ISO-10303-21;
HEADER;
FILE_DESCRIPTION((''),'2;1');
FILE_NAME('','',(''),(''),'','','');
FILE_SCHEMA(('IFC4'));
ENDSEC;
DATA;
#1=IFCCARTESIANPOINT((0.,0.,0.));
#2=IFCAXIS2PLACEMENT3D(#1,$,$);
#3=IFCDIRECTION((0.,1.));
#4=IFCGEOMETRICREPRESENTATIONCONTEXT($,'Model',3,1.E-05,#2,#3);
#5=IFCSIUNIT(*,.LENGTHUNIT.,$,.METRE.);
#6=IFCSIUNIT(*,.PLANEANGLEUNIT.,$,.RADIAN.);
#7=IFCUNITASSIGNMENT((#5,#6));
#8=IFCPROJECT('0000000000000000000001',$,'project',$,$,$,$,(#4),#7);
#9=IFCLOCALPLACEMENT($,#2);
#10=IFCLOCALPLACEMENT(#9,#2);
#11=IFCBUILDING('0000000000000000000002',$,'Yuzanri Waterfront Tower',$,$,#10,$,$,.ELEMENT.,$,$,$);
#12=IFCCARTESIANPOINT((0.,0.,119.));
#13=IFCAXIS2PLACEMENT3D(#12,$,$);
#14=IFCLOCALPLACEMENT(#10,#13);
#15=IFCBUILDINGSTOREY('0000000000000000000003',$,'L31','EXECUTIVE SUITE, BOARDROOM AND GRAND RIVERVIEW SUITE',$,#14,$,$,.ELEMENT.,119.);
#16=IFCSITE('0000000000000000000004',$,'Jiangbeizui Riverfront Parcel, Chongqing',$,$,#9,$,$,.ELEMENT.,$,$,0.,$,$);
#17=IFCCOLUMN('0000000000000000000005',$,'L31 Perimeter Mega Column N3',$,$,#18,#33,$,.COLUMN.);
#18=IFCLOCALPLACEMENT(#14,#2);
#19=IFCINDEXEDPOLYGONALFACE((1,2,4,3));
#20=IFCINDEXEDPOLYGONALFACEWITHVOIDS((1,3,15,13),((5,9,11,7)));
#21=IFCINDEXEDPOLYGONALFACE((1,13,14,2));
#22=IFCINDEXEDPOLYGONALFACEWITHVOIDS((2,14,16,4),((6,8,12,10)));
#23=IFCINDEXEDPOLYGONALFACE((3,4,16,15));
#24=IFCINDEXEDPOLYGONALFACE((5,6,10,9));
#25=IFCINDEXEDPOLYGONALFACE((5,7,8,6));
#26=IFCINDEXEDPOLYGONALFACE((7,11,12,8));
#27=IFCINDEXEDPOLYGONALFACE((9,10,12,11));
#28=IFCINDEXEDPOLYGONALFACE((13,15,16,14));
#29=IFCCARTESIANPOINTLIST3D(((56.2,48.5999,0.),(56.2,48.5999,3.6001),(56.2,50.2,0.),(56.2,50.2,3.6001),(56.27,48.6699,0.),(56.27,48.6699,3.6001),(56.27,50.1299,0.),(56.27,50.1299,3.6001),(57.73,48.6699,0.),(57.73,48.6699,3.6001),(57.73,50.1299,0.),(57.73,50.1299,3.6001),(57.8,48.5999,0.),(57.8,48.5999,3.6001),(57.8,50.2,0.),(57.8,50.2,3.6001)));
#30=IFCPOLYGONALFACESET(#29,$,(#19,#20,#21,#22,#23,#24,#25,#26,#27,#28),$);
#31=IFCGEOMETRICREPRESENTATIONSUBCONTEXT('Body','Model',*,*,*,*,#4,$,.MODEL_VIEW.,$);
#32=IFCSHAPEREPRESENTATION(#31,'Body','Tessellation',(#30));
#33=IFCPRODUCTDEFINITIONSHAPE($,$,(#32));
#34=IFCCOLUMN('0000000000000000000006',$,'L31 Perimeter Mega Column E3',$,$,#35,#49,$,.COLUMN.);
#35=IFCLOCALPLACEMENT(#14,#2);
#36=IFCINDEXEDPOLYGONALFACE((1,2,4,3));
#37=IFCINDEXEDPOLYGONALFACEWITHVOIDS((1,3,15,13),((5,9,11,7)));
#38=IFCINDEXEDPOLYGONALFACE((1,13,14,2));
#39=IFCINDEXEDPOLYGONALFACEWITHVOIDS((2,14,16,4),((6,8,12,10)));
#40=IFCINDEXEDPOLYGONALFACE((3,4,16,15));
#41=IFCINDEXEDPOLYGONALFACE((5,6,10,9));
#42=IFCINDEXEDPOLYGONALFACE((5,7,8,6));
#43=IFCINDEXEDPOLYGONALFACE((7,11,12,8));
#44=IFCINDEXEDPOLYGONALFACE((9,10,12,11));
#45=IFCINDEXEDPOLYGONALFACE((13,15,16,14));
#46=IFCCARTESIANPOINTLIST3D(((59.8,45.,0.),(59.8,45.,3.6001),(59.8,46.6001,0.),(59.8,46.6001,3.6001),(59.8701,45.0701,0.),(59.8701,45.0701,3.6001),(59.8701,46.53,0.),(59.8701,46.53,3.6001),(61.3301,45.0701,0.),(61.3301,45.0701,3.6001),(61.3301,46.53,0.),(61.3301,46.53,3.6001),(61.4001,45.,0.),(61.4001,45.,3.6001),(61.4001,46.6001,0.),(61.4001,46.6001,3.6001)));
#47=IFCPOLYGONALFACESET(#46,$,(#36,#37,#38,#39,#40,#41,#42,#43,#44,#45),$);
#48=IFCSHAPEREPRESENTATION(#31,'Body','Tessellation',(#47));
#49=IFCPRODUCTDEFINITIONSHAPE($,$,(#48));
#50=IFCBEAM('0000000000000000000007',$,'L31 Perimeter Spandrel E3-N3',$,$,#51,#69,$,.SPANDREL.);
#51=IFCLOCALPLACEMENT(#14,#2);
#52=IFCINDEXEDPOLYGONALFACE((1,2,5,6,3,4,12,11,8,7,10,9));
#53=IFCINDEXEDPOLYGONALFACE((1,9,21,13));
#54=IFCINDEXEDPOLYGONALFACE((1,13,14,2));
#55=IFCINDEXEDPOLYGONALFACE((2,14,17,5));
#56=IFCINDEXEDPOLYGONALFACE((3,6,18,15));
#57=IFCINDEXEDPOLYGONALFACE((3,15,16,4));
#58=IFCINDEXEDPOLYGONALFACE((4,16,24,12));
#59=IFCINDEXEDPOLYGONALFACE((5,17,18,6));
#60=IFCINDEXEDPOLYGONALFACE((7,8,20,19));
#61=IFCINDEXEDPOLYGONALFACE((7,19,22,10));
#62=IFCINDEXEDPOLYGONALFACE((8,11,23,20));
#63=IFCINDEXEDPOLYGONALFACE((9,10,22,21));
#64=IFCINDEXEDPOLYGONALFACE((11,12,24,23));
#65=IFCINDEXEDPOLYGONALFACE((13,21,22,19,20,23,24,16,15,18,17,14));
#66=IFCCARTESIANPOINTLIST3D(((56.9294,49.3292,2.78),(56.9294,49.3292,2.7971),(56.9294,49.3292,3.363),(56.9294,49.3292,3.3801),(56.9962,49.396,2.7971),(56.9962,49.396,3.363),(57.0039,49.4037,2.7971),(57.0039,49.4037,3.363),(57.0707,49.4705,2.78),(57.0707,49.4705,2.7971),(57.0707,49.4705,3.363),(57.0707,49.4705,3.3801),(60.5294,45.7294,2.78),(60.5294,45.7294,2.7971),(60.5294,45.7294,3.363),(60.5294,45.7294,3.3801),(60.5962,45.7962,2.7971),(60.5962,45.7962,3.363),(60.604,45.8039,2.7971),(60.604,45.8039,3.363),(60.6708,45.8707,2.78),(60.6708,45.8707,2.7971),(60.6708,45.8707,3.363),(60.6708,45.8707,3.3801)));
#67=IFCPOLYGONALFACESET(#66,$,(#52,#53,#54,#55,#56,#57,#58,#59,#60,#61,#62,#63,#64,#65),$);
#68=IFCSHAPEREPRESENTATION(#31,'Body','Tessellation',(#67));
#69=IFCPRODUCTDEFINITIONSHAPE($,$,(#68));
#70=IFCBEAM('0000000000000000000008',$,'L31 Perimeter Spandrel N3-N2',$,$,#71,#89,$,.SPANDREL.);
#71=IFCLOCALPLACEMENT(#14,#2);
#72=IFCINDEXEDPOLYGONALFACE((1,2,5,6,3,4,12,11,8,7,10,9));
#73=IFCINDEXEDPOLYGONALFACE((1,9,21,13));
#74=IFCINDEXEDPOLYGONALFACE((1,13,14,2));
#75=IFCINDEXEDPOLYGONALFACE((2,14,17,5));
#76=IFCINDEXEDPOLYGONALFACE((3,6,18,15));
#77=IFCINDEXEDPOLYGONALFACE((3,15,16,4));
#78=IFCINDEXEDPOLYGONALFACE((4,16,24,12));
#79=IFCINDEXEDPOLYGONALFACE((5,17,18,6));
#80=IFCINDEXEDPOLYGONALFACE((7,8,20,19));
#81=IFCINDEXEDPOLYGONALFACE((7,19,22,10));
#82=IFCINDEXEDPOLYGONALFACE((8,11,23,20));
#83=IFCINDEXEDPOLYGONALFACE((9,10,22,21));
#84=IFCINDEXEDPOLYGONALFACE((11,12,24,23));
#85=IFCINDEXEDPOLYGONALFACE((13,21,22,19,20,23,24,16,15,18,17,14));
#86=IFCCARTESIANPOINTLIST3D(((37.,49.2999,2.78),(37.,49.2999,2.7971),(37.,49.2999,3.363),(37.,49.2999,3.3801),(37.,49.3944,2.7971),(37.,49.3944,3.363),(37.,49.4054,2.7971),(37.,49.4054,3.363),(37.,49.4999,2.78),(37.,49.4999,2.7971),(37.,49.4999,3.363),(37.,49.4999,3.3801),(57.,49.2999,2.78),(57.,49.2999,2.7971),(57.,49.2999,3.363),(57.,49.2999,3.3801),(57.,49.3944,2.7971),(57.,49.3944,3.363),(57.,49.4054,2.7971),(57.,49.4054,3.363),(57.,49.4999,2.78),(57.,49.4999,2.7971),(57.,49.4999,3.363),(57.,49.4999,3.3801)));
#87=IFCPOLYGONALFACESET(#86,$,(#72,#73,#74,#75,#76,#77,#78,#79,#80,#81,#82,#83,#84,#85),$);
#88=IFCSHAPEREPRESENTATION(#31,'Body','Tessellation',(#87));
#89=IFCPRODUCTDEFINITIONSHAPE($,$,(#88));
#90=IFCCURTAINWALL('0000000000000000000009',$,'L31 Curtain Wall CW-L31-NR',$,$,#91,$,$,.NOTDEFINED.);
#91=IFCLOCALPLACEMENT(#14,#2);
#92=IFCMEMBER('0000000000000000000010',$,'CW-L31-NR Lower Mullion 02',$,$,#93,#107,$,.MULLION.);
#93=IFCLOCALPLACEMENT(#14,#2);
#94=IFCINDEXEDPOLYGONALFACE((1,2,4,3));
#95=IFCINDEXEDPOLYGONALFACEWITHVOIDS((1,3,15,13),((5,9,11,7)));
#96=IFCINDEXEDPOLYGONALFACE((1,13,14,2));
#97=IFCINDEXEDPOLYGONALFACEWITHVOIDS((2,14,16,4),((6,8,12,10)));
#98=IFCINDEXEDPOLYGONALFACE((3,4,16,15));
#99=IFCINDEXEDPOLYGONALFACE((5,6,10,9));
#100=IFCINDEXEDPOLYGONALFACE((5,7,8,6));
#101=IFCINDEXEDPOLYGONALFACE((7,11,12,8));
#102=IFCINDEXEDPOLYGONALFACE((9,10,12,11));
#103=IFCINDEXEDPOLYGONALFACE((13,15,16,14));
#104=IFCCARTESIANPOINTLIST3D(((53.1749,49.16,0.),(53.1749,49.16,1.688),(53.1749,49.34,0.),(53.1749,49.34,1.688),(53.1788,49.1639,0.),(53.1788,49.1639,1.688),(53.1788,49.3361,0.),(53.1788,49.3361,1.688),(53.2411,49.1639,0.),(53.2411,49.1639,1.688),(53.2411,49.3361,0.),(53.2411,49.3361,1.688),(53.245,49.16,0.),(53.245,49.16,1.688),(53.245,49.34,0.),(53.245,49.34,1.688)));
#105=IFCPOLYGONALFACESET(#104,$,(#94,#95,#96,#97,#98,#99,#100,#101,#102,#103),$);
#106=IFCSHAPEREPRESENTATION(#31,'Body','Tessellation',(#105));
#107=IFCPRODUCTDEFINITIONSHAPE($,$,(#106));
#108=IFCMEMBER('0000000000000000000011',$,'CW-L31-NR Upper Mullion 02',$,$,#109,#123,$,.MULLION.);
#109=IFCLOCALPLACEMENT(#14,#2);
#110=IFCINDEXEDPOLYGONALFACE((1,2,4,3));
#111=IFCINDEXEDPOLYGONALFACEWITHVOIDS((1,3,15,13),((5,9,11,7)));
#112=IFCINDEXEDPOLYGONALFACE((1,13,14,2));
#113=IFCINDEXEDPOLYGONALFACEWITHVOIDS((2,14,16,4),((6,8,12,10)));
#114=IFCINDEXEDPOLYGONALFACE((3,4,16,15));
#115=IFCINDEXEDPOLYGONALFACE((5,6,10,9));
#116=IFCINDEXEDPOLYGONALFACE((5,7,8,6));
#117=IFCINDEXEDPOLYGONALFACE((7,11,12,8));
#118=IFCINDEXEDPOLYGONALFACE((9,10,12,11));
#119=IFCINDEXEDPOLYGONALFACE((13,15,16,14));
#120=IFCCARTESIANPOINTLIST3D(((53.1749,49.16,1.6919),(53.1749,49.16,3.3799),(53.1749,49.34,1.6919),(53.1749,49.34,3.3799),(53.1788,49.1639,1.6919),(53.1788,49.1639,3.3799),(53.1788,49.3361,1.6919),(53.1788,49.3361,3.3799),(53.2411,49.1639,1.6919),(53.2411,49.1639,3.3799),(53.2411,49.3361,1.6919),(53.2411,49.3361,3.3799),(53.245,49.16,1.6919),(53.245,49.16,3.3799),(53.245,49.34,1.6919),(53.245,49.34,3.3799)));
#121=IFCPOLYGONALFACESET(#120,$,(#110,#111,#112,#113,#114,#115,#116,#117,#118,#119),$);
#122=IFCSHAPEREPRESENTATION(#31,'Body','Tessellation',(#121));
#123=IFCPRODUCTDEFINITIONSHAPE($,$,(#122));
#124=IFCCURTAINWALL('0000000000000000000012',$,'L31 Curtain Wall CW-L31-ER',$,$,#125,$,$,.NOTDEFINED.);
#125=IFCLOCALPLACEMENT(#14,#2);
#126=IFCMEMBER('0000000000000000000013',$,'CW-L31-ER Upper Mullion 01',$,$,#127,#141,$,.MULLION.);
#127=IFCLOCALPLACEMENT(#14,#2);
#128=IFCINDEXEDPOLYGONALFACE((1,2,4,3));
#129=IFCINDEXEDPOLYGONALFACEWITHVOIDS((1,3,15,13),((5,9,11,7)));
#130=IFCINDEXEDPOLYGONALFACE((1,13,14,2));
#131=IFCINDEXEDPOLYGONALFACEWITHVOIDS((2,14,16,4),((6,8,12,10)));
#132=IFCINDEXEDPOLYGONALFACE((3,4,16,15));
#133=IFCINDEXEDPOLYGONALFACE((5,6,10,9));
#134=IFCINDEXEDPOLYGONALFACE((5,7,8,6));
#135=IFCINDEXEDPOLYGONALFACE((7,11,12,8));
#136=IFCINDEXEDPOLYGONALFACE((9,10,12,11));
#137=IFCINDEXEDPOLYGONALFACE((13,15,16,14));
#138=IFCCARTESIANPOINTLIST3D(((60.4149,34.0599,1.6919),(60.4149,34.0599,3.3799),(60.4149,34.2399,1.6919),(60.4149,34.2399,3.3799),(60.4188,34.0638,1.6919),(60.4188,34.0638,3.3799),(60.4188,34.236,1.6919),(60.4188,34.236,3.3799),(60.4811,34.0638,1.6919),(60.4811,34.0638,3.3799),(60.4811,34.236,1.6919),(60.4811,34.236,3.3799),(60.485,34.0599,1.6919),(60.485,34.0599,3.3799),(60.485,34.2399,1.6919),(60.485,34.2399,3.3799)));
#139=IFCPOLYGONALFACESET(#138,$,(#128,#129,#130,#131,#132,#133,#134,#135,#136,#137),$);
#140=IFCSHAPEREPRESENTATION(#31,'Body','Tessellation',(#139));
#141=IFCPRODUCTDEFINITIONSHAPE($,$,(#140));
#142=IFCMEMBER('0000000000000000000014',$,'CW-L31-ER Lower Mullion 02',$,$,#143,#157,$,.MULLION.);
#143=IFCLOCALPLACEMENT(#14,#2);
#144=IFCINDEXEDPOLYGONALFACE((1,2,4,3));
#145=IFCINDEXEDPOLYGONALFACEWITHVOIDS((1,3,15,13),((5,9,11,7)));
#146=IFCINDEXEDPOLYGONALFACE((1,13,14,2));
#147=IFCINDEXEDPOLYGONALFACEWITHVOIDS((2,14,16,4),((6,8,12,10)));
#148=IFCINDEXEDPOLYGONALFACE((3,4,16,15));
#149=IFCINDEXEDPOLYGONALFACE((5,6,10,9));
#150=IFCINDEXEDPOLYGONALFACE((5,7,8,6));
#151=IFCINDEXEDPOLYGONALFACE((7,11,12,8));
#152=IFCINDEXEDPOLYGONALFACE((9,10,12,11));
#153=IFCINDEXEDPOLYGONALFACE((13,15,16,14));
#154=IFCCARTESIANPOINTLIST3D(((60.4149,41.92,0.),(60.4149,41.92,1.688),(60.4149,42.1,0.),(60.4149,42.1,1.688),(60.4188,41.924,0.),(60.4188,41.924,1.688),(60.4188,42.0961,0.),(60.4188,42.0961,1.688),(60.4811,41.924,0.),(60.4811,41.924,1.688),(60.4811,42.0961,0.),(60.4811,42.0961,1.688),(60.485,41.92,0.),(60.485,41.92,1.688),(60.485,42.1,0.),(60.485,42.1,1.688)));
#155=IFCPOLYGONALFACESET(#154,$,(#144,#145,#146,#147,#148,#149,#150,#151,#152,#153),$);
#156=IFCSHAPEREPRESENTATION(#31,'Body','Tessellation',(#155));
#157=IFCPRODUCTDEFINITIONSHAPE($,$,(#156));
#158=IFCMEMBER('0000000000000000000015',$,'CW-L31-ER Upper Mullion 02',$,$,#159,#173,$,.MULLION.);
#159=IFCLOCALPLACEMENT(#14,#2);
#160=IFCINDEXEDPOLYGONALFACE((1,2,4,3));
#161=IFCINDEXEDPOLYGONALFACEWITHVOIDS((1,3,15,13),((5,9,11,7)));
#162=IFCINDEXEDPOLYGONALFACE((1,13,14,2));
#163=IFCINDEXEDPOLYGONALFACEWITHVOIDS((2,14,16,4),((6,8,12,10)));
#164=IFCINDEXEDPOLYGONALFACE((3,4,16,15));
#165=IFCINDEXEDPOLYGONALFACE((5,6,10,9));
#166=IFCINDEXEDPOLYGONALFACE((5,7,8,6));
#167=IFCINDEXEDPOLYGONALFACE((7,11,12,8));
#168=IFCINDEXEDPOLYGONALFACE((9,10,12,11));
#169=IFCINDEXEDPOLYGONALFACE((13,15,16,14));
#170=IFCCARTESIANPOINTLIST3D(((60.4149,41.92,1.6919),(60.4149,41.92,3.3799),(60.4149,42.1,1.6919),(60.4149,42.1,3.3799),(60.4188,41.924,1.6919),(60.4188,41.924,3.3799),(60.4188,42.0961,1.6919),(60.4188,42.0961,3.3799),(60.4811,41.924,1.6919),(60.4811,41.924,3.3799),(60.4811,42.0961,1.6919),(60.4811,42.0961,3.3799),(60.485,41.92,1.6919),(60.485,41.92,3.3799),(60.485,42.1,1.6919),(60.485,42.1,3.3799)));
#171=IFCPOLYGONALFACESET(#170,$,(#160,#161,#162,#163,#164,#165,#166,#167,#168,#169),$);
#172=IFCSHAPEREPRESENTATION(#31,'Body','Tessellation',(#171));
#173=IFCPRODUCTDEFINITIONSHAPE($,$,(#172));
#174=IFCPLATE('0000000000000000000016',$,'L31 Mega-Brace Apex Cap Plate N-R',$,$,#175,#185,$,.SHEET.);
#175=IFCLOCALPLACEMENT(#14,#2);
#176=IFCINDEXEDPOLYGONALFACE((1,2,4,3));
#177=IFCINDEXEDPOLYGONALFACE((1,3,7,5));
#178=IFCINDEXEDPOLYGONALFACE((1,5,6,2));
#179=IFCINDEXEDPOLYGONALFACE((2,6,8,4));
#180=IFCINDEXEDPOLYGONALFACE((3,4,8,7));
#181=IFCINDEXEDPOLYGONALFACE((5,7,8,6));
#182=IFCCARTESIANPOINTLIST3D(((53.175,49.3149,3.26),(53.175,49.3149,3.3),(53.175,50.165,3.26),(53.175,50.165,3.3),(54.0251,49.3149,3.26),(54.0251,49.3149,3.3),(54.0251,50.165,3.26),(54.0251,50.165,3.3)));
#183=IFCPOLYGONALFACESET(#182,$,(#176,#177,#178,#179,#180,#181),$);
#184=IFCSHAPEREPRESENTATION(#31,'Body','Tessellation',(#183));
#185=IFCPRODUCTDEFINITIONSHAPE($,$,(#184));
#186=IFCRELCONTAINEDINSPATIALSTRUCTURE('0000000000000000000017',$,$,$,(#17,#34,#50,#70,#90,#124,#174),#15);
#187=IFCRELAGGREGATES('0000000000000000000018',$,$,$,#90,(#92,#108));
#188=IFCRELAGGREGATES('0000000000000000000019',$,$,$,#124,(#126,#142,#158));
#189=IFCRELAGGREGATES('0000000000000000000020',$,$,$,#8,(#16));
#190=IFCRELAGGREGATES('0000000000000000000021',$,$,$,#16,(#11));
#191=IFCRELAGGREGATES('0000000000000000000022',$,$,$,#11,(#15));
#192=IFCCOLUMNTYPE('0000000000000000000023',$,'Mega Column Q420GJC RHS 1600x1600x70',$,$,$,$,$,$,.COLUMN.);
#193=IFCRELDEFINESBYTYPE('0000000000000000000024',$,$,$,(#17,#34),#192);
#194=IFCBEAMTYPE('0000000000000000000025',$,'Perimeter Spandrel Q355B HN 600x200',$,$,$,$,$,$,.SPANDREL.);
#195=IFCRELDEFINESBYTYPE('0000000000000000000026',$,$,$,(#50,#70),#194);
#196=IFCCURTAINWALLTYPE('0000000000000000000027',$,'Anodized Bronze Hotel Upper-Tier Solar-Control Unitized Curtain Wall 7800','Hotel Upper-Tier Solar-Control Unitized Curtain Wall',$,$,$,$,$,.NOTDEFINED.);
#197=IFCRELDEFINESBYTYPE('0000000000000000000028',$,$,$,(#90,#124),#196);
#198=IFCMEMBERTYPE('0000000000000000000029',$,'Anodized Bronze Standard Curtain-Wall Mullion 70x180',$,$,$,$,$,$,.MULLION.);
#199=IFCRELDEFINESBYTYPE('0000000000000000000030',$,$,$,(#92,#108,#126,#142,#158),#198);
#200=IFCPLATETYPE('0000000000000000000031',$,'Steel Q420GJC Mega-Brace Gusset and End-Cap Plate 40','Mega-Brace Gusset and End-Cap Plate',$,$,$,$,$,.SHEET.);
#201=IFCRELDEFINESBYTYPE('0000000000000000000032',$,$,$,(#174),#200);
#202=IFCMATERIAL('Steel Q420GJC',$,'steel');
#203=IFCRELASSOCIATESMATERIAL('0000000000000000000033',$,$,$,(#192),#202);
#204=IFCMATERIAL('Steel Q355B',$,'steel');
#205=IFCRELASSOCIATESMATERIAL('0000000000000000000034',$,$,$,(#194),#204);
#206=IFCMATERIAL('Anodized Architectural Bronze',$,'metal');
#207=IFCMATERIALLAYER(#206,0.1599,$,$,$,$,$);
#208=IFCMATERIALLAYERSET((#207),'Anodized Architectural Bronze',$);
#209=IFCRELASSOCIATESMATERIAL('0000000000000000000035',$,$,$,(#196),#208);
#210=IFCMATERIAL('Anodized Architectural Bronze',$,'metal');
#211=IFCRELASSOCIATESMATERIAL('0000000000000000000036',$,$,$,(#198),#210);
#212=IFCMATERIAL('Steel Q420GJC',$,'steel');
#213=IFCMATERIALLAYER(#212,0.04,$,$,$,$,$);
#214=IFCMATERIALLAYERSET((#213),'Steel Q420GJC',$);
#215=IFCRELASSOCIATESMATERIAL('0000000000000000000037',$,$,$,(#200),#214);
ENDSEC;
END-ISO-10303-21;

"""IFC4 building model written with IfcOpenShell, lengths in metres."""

from ifc_helpers import new_model, si_unit, direction, frame, origin, origin_2d, place, context, subcontext, project, spatial, rectangle, hollow_rectangle, i_section, extrude, source, transform, mapped, material, layer, layer_set, material_profile, profile_set, type_object, element, aggregate, save


model = new_model("IFC4")

# Units and contexts
model_context = context("Model", 3, precision=1e-05, world=origin(), true_north=direction((0.0, 1.0)))
body_context = subcontext(model_context, "Body", "Model", "MODEL_VIEW")
ifc_project = project(units=[si_unit("LENGTHUNIT", "METRE"), si_unit("PLANEANGLEUNIT", "RADIAN")], contexts=[model_context])

# Site, building, storey
site_placement = place(None, origin())
site = spatial("IfcSite", under=ifc_project, at=site_placement, Name="Jiangbeizui Riverfront Parcel, Chongqing", CompositionType="ELEMENT", RefElevation=0.0)
building_placement = place(site_placement, origin())
building = spatial("IfcBuilding", under=site, at=building_placement, Name="Yuzanri Waterfront Tower", CompositionType="ELEMENT")
storey_placement = place(building_placement, frame((0.0, 0.0, 119.0)))
storey = spatial("IfcBuildingStorey", under=building, at=storey_placement, Name="L31", Description="EXECUTIVE SUITE, BOARDROOM AND GRAND RIVERVIEW SUITE", CompositionType="ELEMENT", Elevation=119.0)

# Columns
ifc_material_1 = material(Name="Steel Q420GJC", Category="steel")
ifc_material_profile_1 = material_profile(ifc_material_1, hollow_rectangle(XDim=1.6001, YDim=1.6001, WallThickness=0.0701, at=origin_2d()), Name="RHS 1600x1600x70")
ifc_profile_set_1 = profile_set([ifc_material_profile_1], Name="Steel Q420GJC")
column_type = type_object("IfcColumnType", Name="Mega Column Q420GJC RHS 1600x1600x70", PredefinedType="COLUMN", material=ifc_profile_set_1)
shared_shape_1 = source(origin(), body_context, "Body", "SweptSolid", [
    extrude(hollow_rectangle(XDim=1.6001, YDim=1.6001, WallThickness=0.0701, at=origin_2d()), origin(), (0.0, 0.0, 1.0), 3.6001),
])
for number, where, z_axis, x_axis, name in (
    (1, (57.0, 49.3999, 0.0), (0.0, 0.0, 1.0), (1.0, 0.0, 0.0), "L31 Perimeter Mega Column N3"),
    (2, (60.6001, 45.8, 0.0), (0.0, 0.0, 1.0), (1.0, 0.0, 0.0), "L31 Perimeter Mega Column E3"),
):
    element("IfcColumn", number, at=place(storey_placement, frame(where, z_axis=z_axis, x_axis=x_axis)), inside=storey, type_object=column_type, Name=name, PredefinedType="COLUMN", context=body_context, shape_type="MappedRepresentation", body=[
        mapped(shared_shape_1, transform((0.0, 0.0, 0.0), scale=1.0)),
    ])

# Beams
ifc_material_2 = material(Name="Steel Q355B", Category="steel")
ifc_material_profile_2 = material_profile(ifc_material_2, i_section(OverallWidth=0.2, OverallDepth=0.6001, WebThickness=0.011, FlangeThickness=0.0171, at=origin_2d()), Name="HN 600x200x11x17")
ifc_profile_set_2 = profile_set([ifc_material_profile_2], Name="Steel Q355B")
beam_type = type_object("IfcBeamType", Name="Perimeter Spandrel Q355B HN 600x200", PredefinedType="SPANDREL", material=ifc_profile_set_2)
shared_shape_2 = source(origin(), body_context, "Body", "SweptSolid", [
    extrude(i_section(OverallWidth=0.2, OverallDepth=0.6001, WebThickness=0.011, FlangeThickness=0.0171, at=origin_2d()), origin(), (0.0, 0.0, 1.0), 5.0911),
])
beam_1_placement = place(storey_placement, frame((60.6001, 45.8, 3.0801), z_axis=(-0.707131, 0.707083, 0.0), x_axis=(-0.707083, -0.707131, 0.0)))
element("IfcBeam", 3, at=beam_1_placement, inside=storey, type_object=beam_type, Name="L31 Perimeter Spandrel E3-N3", PredefinedType="SPANDREL", context=body_context, shape_type="MappedRepresentation", body=[
    mapped(shared_shape_2, transform((0.0, 0.0, 0.0), scale=1.0)),
])
shared_shape_3 = source(origin(), body_context, "Body", "SweptSolid", [
    extrude(i_section(OverallWidth=0.2, OverallDepth=0.6001, WebThickness=0.011, FlangeThickness=0.0171, at=origin_2d()), origin(), (0.0, 0.0, 1.0), 20.0),
])
beam_2_placement = place(storey_placement, frame((57.0, 49.3999, 3.0801), z_axis=(-1.0, 0.0, 0.0), x_axis=(0.0, -1.0, 0.0)))
element("IfcBeam", 4, at=beam_2_placement, inside=storey, type_object=beam_type, Name="L31 Perimeter Spandrel N3-N2", PredefinedType="SPANDREL", context=body_context, shape_type="MappedRepresentation", body=[
    mapped(shared_shape_3, transform((0.0, 0.0, 0.0), scale=1.0)),
])

# Curtain walls, members
ifc_material_3 = material(Name="Anodized Architectural Bronze", Category="metal")
ifc_layer_1 = layer(ifc_material_3, 0.1599)
ifc_layer_set_1 = layer_set([ifc_layer_1], Name="Anodized Architectural Bronze")
curtain_wall_type = type_object("IfcCurtainWallType", Name="Anodized Bronze Hotel Upper-Tier Solar-Control Unitized Curtain Wall 7800", Description="Hotel Upper-Tier Solar-Control Unitized Curtain Wall", PredefinedType="NOTDEFINED", material=ifc_layer_set_1)
curtain_wall_1_placement = place(storey_placement, origin())
curtain_wall_1 = element("IfcCurtainWall", 5, at=curtain_wall_1_placement, inside=storey, type_object=curtain_wall_type, Name="L31 Curtain Wall CW-L31-NR", PredefinedType="NOTDEFINED")
ifc_material_4 = material(Name="Anodized Architectural Bronze", Category="metal")
ifc_material_profile_3 = material_profile(ifc_material_4, hollow_rectangle(XDim=0.0701, YDim=0.1799, WallThickness=0.0039, at=origin_2d()), Name="CWM 70x180")
ifc_profile_set_3 = profile_set([ifc_material_profile_3], Name="Anodized Architectural Bronze")
member_type = type_object("IfcMemberType", Name="Anodized Bronze Standard Curtain-Wall Mullion 70x180", PredefinedType="MULLION", material=ifc_profile_set_3)
shared_shape_4 = source(origin(), body_context, "Body", "SweptSolid", [
    extrude(hollow_rectangle(XDim=0.0701, YDim=0.1799, WallThickness=0.0039, at=origin_2d()), origin(), (0.0, 0.0, 1.0), 1.688),
])
member_1_placement = place(storey_placement, frame((53.21, 49.25, 0.0), z_axis=(0.0, 0.0, 1.0), x_axis=(1.0, 0.0, 0.0)))
member_1 = element("IfcMember", 6, at=member_1_placement, type_object=member_type, Name="CW-L31-NR Lower Mullion 02", PredefinedType="MULLION", context=body_context, shape_type="MappedRepresentation", body=[
    mapped(shared_shape_4, transform((0.0, 0.0, 0.0), scale=1.0)),
])
member_2_placement = place(storey_placement, frame((53.21, 49.25, 1.6919), z_axis=(0.0, 0.0, 1.0), x_axis=(1.0, 0.0, 0.0)))
member_2 = element("IfcMember", 7, at=member_2_placement, type_object=member_type, Name="CW-L31-NR Upper Mullion 02", PredefinedType="MULLION", context=body_context, shape_type="MappedRepresentation", body=[
    mapped(shared_shape_4, transform((0.0, 0.0, 0.0), scale=1.0)),
])
curtain_wall_2_placement = place(storey_placement, origin())
curtain_wall_2 = element("IfcCurtainWall", 8, at=curtain_wall_2_placement, inside=storey, type_object=curtain_wall_type, Name="L31 Curtain Wall CW-L31-ER", PredefinedType="NOTDEFINED")
member_3_placement = place(storey_placement, frame((60.45, 34.1499, 1.6919), z_axis=(0.0, 0.0, 1.0), x_axis=(1.0, 0.0, 0.0)))
member_3 = element("IfcMember", 9, at=member_3_placement, type_object=member_type, Name="CW-L31-ER Upper Mullion 01", PredefinedType="MULLION", context=body_context, shape_type="MappedRepresentation", body=[
    mapped(shared_shape_4, transform((0.0, 0.0, 0.0), scale=1.0)),
])
member_4_placement = place(storey_placement, frame((60.45, 42.01, 0.0), z_axis=(0.0, 0.0, 1.0), x_axis=(1.0, 0.0, 0.0)))
member_4 = element("IfcMember", 10, at=member_4_placement, type_object=member_type, Name="CW-L31-ER Lower Mullion 02", PredefinedType="MULLION", context=body_context, shape_type="MappedRepresentation", body=[
    mapped(shared_shape_4, transform((0.0, 0.0, 0.0), scale=1.0)),
])
member_5_placement = place(storey_placement, frame((60.45, 42.01, 1.6919), z_axis=(0.0, 0.0, 1.0), x_axis=(1.0, 0.0, 0.0)))
member_5 = element("IfcMember", 11, at=member_5_placement, type_object=member_type, Name="CW-L31-ER Upper Mullion 02", PredefinedType="MULLION", context=body_context, shape_type="MappedRepresentation", body=[
    mapped(shared_shape_4, transform((0.0, 0.0, 0.0), scale=1.0)),
])

# Plate
ifc_material_5 = material(Name="Steel Q420GJC", Category="steel")
ifc_layer_2 = layer(ifc_material_5, 0.04)
ifc_layer_set_2 = layer_set([ifc_layer_2], Name="Steel Q420GJC")
plate_type_1 = type_object("IfcPlateType", Name="Steel Q420GJC Mega-Brace Gusset and End-Cap Plate 40", Description="Mega-Brace Gusset and End-Cap Plate", PredefinedType="SHEET", material=ifc_layer_set_2)
shared_shape_5 = source(origin(), body_context, "Body", "SweptSolid", [
    extrude(rectangle(XDim=0.8501, YDim=0.8501, at=origin_2d()), origin(), (0.0, 0.0, 1.0), 0.04),
])
for number, where, z_axis, x_axis, name in (
    (12, (53.6001, 49.74, 3.26), (0.0, 0.0, 1.0), (1.0, 0.0, 0.0), "L31 Mega-Brace Apex Cap Plate N-R"),
):
    element("IfcPlate", number, at=place(storey_placement, frame(where, z_axis=z_axis, x_axis=x_axis)), inside=storey, type_object=plate_type_1, Name=name, PredefinedType="SHEET", context=body_context, shape_type="MappedRepresentation", body=[
        mapped(shared_shape_5, transform((0.0, 0.0, 0.0), scale=1.0)),
    ])

aggregate(curtain_wall_1, [member_1, member_2])
aggregate(curtain_wall_2, [member_3, member_4, member_5])

save(model, "model.ifc")
